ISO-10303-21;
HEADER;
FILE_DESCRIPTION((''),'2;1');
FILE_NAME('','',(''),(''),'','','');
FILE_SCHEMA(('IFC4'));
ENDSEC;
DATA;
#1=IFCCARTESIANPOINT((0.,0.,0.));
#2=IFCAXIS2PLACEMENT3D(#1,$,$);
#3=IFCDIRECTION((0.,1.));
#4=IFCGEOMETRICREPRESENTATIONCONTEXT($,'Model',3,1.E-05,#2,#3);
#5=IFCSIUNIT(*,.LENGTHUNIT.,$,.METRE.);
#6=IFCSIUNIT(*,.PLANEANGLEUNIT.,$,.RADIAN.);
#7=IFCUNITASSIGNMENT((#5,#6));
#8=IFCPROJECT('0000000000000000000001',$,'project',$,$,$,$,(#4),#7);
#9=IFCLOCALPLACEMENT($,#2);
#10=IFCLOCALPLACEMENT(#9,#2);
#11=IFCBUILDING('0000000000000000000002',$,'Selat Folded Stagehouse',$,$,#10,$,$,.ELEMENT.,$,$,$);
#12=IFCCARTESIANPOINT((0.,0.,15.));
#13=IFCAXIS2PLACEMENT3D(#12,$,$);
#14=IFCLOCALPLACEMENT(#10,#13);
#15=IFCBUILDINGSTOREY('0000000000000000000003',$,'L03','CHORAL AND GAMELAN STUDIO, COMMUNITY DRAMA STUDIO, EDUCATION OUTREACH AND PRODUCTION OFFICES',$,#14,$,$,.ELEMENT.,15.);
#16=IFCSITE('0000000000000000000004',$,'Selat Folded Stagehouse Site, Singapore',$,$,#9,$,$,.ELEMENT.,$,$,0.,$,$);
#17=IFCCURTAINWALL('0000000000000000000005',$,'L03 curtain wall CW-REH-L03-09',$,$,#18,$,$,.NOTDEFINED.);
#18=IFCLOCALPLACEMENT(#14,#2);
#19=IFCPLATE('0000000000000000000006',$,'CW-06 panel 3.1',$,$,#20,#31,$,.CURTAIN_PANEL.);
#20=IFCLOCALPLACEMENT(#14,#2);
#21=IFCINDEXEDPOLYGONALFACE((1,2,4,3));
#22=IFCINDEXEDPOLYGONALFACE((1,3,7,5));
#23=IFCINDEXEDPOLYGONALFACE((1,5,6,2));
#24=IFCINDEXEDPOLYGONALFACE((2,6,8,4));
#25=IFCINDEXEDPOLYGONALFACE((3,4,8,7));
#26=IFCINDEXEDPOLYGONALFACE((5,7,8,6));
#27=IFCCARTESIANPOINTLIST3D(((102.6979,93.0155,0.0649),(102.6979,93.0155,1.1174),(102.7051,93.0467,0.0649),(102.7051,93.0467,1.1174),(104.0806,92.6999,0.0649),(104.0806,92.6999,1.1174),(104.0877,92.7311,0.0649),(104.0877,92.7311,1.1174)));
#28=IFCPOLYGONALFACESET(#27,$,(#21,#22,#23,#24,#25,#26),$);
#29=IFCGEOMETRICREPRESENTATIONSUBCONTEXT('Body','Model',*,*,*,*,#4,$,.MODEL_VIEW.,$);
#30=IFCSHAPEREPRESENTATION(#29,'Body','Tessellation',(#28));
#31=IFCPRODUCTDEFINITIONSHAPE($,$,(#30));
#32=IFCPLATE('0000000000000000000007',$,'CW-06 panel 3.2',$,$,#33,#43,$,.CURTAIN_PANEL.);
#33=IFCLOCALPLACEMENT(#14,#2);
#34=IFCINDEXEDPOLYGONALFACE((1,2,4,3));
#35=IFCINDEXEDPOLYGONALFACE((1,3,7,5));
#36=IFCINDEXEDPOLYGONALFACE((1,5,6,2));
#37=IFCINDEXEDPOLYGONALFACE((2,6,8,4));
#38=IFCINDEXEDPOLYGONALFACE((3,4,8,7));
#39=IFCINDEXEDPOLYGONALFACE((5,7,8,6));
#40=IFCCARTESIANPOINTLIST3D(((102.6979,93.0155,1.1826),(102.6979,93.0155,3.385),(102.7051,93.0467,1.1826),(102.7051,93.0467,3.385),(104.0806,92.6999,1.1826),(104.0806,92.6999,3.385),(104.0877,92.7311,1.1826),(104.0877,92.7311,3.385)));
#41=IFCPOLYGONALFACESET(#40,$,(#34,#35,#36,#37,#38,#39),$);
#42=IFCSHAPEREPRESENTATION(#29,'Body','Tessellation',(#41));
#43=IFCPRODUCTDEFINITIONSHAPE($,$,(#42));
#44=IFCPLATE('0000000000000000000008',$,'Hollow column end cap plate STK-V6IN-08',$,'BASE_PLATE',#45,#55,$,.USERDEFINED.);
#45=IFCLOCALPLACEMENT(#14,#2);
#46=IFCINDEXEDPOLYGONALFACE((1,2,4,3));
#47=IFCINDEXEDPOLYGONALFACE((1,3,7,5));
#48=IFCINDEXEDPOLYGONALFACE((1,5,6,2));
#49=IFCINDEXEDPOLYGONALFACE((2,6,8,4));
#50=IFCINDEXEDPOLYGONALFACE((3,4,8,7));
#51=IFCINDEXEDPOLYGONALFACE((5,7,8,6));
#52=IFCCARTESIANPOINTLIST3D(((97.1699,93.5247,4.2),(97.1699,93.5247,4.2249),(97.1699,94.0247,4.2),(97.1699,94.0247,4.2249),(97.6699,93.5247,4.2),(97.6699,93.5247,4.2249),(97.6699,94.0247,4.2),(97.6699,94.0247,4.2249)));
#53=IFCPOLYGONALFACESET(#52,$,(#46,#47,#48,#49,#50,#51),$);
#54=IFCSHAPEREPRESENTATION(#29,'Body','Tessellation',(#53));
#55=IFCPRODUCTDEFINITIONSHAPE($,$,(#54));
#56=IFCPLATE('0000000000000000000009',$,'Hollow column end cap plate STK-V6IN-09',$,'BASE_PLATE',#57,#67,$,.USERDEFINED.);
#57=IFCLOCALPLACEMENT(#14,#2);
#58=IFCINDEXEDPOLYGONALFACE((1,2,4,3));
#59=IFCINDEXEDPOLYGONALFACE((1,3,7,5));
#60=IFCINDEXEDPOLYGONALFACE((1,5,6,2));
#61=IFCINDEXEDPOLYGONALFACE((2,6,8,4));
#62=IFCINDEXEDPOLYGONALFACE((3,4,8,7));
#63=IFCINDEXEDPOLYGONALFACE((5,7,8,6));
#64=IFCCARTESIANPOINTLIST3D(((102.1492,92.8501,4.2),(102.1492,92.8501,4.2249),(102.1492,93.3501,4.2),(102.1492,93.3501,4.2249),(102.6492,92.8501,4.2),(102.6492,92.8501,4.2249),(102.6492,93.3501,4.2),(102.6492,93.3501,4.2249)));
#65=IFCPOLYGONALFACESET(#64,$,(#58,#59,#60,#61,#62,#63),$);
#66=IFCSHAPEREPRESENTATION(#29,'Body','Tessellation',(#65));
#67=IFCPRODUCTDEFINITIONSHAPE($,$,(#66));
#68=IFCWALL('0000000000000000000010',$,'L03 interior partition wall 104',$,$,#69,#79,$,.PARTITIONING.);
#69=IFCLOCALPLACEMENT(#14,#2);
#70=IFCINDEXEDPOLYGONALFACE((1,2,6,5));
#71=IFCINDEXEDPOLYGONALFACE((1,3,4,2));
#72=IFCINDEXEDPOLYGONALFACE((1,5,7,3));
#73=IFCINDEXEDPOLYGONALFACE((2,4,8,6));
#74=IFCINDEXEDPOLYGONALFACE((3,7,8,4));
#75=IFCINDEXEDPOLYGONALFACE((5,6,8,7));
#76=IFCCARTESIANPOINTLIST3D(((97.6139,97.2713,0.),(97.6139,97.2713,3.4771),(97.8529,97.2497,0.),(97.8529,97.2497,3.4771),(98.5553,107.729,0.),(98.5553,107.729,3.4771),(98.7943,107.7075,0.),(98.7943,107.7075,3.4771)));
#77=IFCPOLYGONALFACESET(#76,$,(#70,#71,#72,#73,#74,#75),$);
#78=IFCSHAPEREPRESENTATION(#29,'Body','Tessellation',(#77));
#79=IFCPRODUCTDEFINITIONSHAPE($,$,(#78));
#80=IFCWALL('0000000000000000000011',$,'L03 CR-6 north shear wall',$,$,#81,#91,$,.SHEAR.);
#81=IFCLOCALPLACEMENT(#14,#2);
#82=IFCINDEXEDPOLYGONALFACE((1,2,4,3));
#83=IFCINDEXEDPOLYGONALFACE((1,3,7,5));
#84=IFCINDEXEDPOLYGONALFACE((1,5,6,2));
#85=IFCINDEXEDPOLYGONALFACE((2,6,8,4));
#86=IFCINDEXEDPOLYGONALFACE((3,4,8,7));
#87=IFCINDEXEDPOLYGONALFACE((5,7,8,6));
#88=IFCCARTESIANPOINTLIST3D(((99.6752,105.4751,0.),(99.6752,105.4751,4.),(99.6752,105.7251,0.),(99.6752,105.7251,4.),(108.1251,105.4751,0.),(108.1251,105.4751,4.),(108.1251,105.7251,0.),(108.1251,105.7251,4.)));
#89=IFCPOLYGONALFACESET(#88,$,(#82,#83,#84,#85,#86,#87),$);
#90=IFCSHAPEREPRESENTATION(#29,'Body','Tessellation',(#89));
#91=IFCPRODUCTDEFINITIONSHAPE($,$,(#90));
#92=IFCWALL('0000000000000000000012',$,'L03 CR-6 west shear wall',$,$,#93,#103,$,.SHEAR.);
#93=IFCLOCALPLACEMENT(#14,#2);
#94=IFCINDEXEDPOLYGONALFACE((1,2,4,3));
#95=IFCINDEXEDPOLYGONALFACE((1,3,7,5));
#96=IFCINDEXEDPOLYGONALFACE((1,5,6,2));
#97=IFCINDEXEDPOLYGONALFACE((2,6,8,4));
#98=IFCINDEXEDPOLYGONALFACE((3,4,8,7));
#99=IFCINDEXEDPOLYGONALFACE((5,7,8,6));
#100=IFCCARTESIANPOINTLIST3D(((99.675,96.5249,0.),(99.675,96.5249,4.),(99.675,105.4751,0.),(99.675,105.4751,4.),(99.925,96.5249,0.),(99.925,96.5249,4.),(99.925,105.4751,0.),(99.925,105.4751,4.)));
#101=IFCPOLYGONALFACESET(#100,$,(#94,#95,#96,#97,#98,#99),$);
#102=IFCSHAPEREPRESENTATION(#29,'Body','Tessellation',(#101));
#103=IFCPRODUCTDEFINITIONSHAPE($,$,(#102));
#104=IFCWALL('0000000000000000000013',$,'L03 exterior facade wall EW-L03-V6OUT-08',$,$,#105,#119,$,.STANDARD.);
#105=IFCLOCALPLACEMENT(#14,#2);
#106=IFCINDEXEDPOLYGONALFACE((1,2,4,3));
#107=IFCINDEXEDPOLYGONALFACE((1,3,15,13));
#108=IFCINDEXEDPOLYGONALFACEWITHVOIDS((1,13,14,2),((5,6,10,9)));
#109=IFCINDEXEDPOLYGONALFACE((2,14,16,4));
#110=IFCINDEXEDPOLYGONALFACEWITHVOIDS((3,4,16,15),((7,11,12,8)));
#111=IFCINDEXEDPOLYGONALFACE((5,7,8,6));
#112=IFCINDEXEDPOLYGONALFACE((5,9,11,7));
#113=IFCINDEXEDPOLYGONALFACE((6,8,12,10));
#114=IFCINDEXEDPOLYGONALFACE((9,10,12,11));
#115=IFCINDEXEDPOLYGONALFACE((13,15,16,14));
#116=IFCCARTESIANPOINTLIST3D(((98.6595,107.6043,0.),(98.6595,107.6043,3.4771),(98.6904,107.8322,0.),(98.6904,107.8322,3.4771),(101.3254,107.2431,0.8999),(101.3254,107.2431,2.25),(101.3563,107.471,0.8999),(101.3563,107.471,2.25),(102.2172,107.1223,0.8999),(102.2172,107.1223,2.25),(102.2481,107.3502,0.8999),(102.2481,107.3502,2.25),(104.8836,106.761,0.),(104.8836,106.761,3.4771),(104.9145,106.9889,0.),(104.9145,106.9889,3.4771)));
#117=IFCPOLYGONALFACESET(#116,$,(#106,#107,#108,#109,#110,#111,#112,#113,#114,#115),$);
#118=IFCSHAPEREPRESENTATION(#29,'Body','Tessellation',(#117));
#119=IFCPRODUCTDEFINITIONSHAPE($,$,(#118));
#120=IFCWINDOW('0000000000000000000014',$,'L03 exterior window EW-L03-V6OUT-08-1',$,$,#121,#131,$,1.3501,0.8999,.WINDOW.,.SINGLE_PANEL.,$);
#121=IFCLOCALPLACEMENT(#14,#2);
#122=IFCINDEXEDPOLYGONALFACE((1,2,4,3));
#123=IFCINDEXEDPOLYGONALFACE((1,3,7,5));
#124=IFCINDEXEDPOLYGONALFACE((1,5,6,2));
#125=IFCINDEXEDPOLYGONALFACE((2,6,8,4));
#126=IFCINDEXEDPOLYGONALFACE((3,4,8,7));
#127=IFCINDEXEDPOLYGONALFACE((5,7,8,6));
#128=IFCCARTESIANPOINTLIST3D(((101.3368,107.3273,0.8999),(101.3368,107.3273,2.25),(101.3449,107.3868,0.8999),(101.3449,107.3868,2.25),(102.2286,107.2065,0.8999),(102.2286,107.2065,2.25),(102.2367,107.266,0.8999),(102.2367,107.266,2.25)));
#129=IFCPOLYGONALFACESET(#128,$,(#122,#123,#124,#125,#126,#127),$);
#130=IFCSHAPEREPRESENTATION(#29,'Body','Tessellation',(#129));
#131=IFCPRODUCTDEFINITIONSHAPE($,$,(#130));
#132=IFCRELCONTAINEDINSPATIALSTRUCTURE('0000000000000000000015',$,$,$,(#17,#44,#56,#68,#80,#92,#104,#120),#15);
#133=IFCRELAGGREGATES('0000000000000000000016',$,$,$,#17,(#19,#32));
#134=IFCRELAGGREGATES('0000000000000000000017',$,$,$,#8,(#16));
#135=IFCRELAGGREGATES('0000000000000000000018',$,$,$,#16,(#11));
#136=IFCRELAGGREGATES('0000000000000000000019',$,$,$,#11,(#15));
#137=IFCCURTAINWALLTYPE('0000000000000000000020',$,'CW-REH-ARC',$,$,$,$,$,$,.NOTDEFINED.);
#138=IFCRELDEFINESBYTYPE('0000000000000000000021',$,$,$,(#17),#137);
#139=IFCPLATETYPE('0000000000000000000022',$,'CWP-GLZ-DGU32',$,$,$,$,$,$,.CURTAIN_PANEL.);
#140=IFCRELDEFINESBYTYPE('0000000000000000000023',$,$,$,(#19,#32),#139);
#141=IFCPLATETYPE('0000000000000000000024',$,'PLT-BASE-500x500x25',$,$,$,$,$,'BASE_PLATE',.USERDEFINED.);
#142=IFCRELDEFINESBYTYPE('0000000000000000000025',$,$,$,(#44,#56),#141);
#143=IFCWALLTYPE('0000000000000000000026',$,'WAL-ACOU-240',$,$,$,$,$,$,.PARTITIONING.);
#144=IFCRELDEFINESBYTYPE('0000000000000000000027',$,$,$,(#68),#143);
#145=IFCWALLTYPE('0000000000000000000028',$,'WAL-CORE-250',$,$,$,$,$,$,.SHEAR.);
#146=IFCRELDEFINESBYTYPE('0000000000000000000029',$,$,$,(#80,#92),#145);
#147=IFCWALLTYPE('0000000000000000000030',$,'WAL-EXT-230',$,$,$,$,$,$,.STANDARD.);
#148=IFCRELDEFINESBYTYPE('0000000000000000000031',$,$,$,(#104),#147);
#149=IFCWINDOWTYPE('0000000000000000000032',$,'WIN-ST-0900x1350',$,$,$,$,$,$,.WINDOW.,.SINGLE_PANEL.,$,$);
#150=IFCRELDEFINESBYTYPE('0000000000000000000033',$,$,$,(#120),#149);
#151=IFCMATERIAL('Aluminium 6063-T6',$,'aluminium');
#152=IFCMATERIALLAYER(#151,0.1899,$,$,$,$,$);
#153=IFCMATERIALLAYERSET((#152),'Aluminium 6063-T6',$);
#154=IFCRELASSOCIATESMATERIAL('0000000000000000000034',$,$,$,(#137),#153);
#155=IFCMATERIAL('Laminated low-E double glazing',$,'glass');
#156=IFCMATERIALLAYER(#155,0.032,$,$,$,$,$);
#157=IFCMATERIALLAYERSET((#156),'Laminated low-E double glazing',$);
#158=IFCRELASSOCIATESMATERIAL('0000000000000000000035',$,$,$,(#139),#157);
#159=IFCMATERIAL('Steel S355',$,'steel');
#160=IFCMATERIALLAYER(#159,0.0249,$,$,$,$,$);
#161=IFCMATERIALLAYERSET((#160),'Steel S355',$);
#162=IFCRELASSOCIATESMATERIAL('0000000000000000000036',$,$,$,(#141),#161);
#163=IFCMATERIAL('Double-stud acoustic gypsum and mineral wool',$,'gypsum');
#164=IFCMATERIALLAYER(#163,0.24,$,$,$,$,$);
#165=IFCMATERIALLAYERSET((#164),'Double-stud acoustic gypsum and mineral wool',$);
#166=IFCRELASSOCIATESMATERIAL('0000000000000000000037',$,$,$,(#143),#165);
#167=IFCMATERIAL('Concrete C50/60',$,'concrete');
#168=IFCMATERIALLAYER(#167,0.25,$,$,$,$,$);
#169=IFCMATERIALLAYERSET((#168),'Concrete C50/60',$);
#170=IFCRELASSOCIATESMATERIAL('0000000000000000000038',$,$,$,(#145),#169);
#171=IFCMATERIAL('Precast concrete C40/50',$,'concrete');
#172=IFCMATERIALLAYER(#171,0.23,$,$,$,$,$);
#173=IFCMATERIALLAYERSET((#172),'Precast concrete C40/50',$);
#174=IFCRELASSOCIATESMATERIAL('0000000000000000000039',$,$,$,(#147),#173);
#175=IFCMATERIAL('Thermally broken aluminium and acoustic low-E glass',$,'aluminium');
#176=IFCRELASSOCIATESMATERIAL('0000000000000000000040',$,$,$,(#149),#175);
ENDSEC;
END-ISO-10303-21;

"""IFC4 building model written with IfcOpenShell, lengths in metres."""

from ifc_helpers import new_model, si_unit, direction, frame, frame_2d, origin, origin_2d, place, context, subcontext, project, spatial, rectangle, extrude, material, layer, layer_set, type_object, element, fill, aggregate, save


model = new_model("IFC4")

# Units and contexts
model_context = context("Model", 3, precision=1e-05, world=origin(), true_north=direction((0.0, 1.0)))
body_context = subcontext(model_context, "Body", "Model", "MODEL_VIEW")
ifc_project = project(units=[si_unit("LENGTHUNIT", "METRE"), si_unit("PLANEANGLEUNIT", "RADIAN")], contexts=[model_context])

# Site, building, storey
site_placement = place(None, origin())
site = spatial("IfcSite", under=ifc_project, at=site_placement, Name="Selat Folded Stagehouse Site, Singapore", CompositionType="ELEMENT", RefElevation=0.0)
building_placement = place(site_placement, origin())
building = spatial("IfcBuilding", under=site, at=building_placement, Name="Selat Folded Stagehouse", CompositionType="ELEMENT")
storey_placement = place(building_placement, frame((0.0, 0.0, 15.0)))
storey = spatial("IfcBuildingStorey", under=building, at=storey_placement, Name="L03", Description="CHORAL AND GAMELAN STUDIO, COMMUNITY DRAMA STUDIO, EDUCATION OUTREACH AND PRODUCTION OFFICES", CompositionType="ELEMENT", Elevation=15.0)

# Shared definitions
ifc_material_1 = material(Name="Steel S355", Category="steel")

# Shared definitions
ifc_material_2 = material(Name="Aluminium 6063-T6", Category="aluminium")
ifc_layer_1 = layer(ifc_material_2, 0.1899)
ifc_layer_set_1 = layer_set([ifc_layer_1], Name="Aluminium 6063-T6")
curtain_wall_type = type_object("IfcCurtainWallType", Name="CW-REH-ARC", PredefinedType="NOTDEFINED", material=ifc_layer_set_1)

# Curtain wall
curtain_wall_1_placement = place(storey_placement, origin())
curtain_wall_1 = element("IfcCurtainWall", 1, at=curtain_wall_1_placement, inside=storey, type_object=curtain_wall_type, Name="L03 curtain wall CW-REH-L03-09", PredefinedType="NOTDEFINED")

# Plates
ifc_material_3 = material(Name="Laminated low-E double glazing", Category="glass")
ifc_layer_2 = layer(ifc_material_3, 0.032)
ifc_layer_set_2 = layer_set([ifc_layer_2], Name="Laminated low-E double glazing")
plate_type_1 = type_object("IfcPlateType", Name="CWP-GLZ-DGU32", PredefinedType="CURTAIN_PANEL", material=ifc_layer_set_2)
plate_1_placement = place(storey_placement, frame((103.3928, 92.8733, 0.0649), z_axis=(0.0, 0.0, 1.0), x_axis=(-0.974923, 0.222543, 0.0)))
plate_1 = element("IfcPlate", 2, at=plate_1_placement, type_object=plate_type_1, Name="CW-06 panel 3.1", PredefinedType="CURTAIN_PANEL", context=body_context, shape_type="SweptSolid", body=[
    extrude(rectangle(XDim=1.4182, YDim=0.032, at=origin_2d()), origin(), (0.0, 0.0, 1.0), 1.0525),
])
plate_2_placement = place(storey_placement, frame((103.3928, 92.8733, 1.1826), z_axis=(0.0, 0.0, 1.0), x_axis=(-0.974923, 0.222543, 0.0)))
plate_2 = element("IfcPlate", 3, at=plate_2_placement, type_object=plate_type_1, Name="CW-06 panel 3.2", PredefinedType="CURTAIN_PANEL", context=body_context, shape_type="SweptSolid", body=[
    extrude(rectangle(XDim=1.4182, YDim=0.032, at=origin_2d()), origin(), (0.0, 0.0, 1.0), 2.2024),
])
aggregate(curtain_wall_1, [plate_1, plate_2])

# Plates
ifc_layer_3 = layer(ifc_material_1, 0.0249)
ifc_layer_set_3 = layer_set([ifc_layer_3], Name="Steel S355")
plate_type_2 = type_object("IfcPlateType", Name="PLT-BASE-500x500x25", ElementType="BASE_PLATE", PredefinedType="USERDEFINED", material=ifc_layer_set_3)
for number, where, z_axis, x_axis, name in (
    (4, (97.4199, 93.7747, 4.2), (0.0, 0.0, 1.0), (1.0, 0.0, 0.0), "Hollow column end cap plate STK-V6IN-08"),
    (5, (102.3992, 93.1001, 4.2), (0.0, 0.0, 1.0), (1.0, 0.0, 0.0), "Hollow column end cap plate STK-V6IN-09"),
):
    element("IfcPlate", number, at=place(storey_placement, frame(where, z_axis=z_axis, x_axis=x_axis)), inside=storey, type_object=plate_type_2, Name=name, ObjectType="BASE_PLATE", PredefinedType="USERDEFINED", context=body_context, shape_type="SweptSolid", body=[
        extrude(rectangle(XDim=0.5, YDim=0.5, at=origin_2d()), origin(), (0.0, 0.0, 1.0), 0.0249),
    ])

# Walls
ifc_material_4 = material(Name="Double-stud acoustic gypsum and mineral wool", Category="gypsum")
ifc_layer_4 = layer(ifc_material_4, 0.24)
ifc_layer_set_4 = layer_set([ifc_layer_4], Name="Double-stud acoustic gypsum and mineral wool")
wall_type_1 = type_object("IfcWallType", Name="WAL-ACOU-240", PredefinedType="PARTITIONING", material=ifc_layer_set_4)
wall_1_placement = place(storey_placement, frame((97.7334, 97.2605, 0.0), z_axis=(0.0, 0.0, 1.0), x_axis=(0.089657, 0.995973, 0.0)))
element("IfcWall", 6, at=wall_1_placement, inside=storey, type_object=wall_type_1, Name="L03 interior partition wall 104", PredefinedType="PARTITIONING", context=body_context, shape_type="SweptSolid", body=[
    extrude(rectangle(XDim=10.5, YDim=0.24, at=frame_2d((5.25, 0.0))), origin(), (0.0, 0.0, 1.0), 3.4771),
])
ifc_material_5 = material(Name="Concrete C50/60", Category="concrete")
ifc_layer_5 = layer(ifc_material_5, 0.25)
ifc_layer_set_5 = layer_set([ifc_layer_5], Name="Concrete C50/60")
wall_type_2 = type_object("IfcWallType", Name="WAL-CORE-250", PredefinedType="SHEAR", material=ifc_layer_set_5)
wall_2_placement = place(storey_placement, frame((99.675, 105.6001, 0.0), z_axis=(0.0, 0.0, 1.0), x_axis=(1.0, 0.0, 0.0)))
element("IfcWall", 7, at=wall_2_placement, inside=storey, type_object=wall_type_2, Name="L03 CR-6 north shear wall", PredefinedType="SHEAR", context=body_context, shape_type="SweptSolid", body=[
    extrude(rectangle(XDim=8.45, YDim=0.25, at=frame_2d((4.2251, 0.0))), origin(), (0.0, 0.0, 1.0), 4.0),
])
wall_3_placement = place(storey_placement, frame((99.8, 96.5249, 0.0), z_axis=(0.0, 0.0, 1.0), x_axis=(0.0, 1.0, 0.0)))
element("IfcWall", 8, at=wall_3_placement, inside=storey, type_object=wall_type_2, Name="L03 CR-6 west shear wall", PredefinedType="SHEAR", context=body_context, shape_type="SweptSolid", body=[
    extrude(rectangle(XDim=8.9502, YDim=0.25, at=frame_2d((4.4751, 0.0))), origin(), (0.0, 0.0, 1.0), 4.0),
])

# Wall, opening, window
ifc_material_6 = material(Name="Precast concrete C40/50", Category="concrete")
ifc_layer_6 = layer(ifc_material_6, 0.23)
ifc_layer_set_6 = layer_set([ifc_layer_6], Name="Precast concrete C40/50")
wall_type_3 = type_object("IfcWallType", Name="WAL-EXT-230", PredefinedType="STANDARD", material=ifc_layer_set_6)
wall_4_placement = place(storey_placement, frame((98.6748, 107.7183, 0.0), z_axis=(0.0, 0.0, 1.0), x_axis=(0.990947, -0.134256, 0.0)))
wall_4 = element("IfcWall", 9, at=wall_4_placement, inside=storey, type_object=wall_type_3, Name="L03 exterior facade wall EW-L03-V6OUT-08", PredefinedType="STANDARD", context=body_context, shape_type="SweptSolid", body=[
    extrude(rectangle(XDim=6.281, YDim=0.23, at=frame_2d((3.1406, 0.0))), origin(), (0.0, 0.0, 1.0), 3.4771),
])
opening_placement = place(wall_4_placement, frame((2.6904, 0.0, 0.8999)))
opening = element("IfcOpeningElement", 10, at=opening_placement, cuts=wall_4, PredefinedType="OPENING", context=body_context, shape_type="SweptSolid", body=[
    extrude(rectangle(XDim=0.8999, YDim=1.3501, at=frame_2d((0.45, 0.675))), frame((0.0, 0.125, 0.0), z_axis=(0.0, -1.0, 0.0), x_axis=(1.0, 0.0, 0.0)), (0.0, 0.0, 1.0), 0.25),
])
ifc_material_7 = material(Name="Thermally broken aluminium and acoustic low-E glass", Category="aluminium")
window_type = type_object("IfcWindowType", Name="WIN-ST-0900x1350", PartitioningType="SINGLE_PANEL", PredefinedType="WINDOW", material=ifc_material_7)
window_placement = place(opening_placement, origin())
window = element("IfcWindow", 11, at=window_placement, inside=storey, type_object=window_type, Name="L03 exterior window EW-L03-V6OUT-08-1", OverallHeight=1.3501, OverallWidth=0.8999, PartitioningType="SINGLE_PANEL", PredefinedType="WINDOW", context=body_context, shape_type="SweptSolid", body=[
    extrude(rectangle(XDim=0.8999, YDim=1.3501, at=frame_2d((0.45, 0.675))), frame((0.0, 0.03, 0.0), z_axis=(0.0, -1.0, 0.0), x_axis=(1.0, 0.0, 0.0)), (0.0, 0.0, 1.0), 0.0601),
])
fill(opening, window)

save(model, "model.ifc")
